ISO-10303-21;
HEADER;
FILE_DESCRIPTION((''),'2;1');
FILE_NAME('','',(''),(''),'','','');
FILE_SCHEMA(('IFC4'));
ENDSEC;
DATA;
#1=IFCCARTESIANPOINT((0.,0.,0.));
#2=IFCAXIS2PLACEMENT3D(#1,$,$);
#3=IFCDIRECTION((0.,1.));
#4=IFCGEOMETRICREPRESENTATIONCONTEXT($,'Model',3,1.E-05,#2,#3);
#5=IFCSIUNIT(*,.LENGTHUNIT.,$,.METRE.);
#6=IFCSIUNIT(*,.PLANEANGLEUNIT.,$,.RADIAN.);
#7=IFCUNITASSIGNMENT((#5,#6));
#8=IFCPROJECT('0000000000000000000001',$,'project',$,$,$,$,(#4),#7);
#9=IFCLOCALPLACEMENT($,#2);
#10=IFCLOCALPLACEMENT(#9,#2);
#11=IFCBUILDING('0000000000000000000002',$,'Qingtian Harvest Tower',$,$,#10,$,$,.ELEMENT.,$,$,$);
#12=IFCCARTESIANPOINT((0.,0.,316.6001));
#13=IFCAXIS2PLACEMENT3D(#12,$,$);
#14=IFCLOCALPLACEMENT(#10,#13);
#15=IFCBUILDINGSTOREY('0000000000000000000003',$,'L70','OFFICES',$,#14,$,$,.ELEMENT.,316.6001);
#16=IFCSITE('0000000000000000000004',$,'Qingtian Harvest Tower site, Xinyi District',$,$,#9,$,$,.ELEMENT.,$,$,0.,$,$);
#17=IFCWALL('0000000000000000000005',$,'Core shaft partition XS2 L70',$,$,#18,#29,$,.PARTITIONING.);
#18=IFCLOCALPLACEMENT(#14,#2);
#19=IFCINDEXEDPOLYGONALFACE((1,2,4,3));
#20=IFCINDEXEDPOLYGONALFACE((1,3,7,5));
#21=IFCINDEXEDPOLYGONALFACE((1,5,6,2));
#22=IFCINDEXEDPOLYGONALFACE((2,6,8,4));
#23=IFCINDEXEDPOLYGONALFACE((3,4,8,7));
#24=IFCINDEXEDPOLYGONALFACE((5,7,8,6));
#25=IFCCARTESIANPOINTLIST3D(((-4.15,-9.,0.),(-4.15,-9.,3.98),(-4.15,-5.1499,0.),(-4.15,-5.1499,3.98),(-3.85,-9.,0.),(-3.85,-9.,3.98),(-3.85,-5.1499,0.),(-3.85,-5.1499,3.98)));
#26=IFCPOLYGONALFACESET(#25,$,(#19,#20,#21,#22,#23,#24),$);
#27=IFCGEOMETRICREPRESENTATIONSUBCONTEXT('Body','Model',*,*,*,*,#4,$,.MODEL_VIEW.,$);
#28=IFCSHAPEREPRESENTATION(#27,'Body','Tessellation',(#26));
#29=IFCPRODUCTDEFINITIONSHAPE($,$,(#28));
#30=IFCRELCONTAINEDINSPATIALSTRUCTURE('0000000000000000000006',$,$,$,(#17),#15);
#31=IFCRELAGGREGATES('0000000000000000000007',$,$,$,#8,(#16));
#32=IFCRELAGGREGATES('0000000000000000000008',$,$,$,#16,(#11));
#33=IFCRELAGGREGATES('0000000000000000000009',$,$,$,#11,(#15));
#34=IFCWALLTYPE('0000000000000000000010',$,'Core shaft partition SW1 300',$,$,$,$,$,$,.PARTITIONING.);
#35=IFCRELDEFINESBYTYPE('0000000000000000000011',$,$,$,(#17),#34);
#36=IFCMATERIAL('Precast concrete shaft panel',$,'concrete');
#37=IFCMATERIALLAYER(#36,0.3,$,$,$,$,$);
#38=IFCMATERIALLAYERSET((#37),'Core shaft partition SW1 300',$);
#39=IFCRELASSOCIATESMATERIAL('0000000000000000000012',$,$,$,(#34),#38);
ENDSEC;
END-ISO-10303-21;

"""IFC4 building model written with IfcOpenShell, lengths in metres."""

from ifc_helpers import new_model, si_unit, direction, frame, frame_2d, origin, place, context, subcontext, project, spatial, rectangle, extrude, material, layer, layer_set, type_object, element, save


model = new_model("IFC4")

# Units and contexts
model_context = context("Model", 3, precision=1e-05, world=origin(), true_north=direction((0.0, 1.0)))
body_context = subcontext(model_context, "Body", "Model", "MODEL_VIEW")
ifc_project = project(units=[si_unit("LENGTHUNIT", "METRE"), si_unit("PLANEANGLEUNIT", "RADIAN")], contexts=[model_context])

# Site, building, storey
site_placement = place(None, origin())
site = spatial("IfcSite", under=ifc_project, at=site_placement, Name="Qingtian Harvest Tower site, Xinyi District", CompositionType="ELEMENT", RefElevation=0.0)
building_placement = place(site_placement, origin())
building = spatial("IfcBuilding", under=site, at=building_placement, Name="Qingtian Harvest Tower", CompositionType="ELEMENT")
storey_placement = place(building_placement, frame((0.0, 0.0, 316.6001)))
storey = spatial("IfcBuildingStorey", under=building, at=storey_placement, Name="L70", Description="OFFICES", CompositionType="ELEMENT", Elevation=316.6001)

# Wall
ifc_material_1 = material(Name="Precast concrete shaft panel", Category="concrete")
ifc_layer_1 = layer(ifc_material_1, 0.3)
ifc_layer_set_1 = layer_set([ifc_layer_1], Name="Core shaft partition SW1 300")
wall_type_1 = type_object("IfcWallType", Name="Core shaft partition SW1 300", PredefinedType="PARTITIONING", material=ifc_layer_set_1)
wall_1_placement = place(storey_placement, frame((-4.0, -9.0, 0.0), z_axis=(0.0, 0.0, 1.0), x_axis=(0.0, 1.0, 0.0)))
element("IfcWall", 1, at=wall_1_placement, inside=storey, type_object=wall_type_1, Name="Core shaft partition XS2 L70", PredefinedType="PARTITIONING", context=body_context, shape_type="SweptSolid", body=[
    extrude(rectangle(XDim=3.8501, YDim=0.3, at=frame_2d((1.925, 0.0))), origin(), (0.0, 0.0, 1.0), 3.98),
])

save(model, "model.ifc")
